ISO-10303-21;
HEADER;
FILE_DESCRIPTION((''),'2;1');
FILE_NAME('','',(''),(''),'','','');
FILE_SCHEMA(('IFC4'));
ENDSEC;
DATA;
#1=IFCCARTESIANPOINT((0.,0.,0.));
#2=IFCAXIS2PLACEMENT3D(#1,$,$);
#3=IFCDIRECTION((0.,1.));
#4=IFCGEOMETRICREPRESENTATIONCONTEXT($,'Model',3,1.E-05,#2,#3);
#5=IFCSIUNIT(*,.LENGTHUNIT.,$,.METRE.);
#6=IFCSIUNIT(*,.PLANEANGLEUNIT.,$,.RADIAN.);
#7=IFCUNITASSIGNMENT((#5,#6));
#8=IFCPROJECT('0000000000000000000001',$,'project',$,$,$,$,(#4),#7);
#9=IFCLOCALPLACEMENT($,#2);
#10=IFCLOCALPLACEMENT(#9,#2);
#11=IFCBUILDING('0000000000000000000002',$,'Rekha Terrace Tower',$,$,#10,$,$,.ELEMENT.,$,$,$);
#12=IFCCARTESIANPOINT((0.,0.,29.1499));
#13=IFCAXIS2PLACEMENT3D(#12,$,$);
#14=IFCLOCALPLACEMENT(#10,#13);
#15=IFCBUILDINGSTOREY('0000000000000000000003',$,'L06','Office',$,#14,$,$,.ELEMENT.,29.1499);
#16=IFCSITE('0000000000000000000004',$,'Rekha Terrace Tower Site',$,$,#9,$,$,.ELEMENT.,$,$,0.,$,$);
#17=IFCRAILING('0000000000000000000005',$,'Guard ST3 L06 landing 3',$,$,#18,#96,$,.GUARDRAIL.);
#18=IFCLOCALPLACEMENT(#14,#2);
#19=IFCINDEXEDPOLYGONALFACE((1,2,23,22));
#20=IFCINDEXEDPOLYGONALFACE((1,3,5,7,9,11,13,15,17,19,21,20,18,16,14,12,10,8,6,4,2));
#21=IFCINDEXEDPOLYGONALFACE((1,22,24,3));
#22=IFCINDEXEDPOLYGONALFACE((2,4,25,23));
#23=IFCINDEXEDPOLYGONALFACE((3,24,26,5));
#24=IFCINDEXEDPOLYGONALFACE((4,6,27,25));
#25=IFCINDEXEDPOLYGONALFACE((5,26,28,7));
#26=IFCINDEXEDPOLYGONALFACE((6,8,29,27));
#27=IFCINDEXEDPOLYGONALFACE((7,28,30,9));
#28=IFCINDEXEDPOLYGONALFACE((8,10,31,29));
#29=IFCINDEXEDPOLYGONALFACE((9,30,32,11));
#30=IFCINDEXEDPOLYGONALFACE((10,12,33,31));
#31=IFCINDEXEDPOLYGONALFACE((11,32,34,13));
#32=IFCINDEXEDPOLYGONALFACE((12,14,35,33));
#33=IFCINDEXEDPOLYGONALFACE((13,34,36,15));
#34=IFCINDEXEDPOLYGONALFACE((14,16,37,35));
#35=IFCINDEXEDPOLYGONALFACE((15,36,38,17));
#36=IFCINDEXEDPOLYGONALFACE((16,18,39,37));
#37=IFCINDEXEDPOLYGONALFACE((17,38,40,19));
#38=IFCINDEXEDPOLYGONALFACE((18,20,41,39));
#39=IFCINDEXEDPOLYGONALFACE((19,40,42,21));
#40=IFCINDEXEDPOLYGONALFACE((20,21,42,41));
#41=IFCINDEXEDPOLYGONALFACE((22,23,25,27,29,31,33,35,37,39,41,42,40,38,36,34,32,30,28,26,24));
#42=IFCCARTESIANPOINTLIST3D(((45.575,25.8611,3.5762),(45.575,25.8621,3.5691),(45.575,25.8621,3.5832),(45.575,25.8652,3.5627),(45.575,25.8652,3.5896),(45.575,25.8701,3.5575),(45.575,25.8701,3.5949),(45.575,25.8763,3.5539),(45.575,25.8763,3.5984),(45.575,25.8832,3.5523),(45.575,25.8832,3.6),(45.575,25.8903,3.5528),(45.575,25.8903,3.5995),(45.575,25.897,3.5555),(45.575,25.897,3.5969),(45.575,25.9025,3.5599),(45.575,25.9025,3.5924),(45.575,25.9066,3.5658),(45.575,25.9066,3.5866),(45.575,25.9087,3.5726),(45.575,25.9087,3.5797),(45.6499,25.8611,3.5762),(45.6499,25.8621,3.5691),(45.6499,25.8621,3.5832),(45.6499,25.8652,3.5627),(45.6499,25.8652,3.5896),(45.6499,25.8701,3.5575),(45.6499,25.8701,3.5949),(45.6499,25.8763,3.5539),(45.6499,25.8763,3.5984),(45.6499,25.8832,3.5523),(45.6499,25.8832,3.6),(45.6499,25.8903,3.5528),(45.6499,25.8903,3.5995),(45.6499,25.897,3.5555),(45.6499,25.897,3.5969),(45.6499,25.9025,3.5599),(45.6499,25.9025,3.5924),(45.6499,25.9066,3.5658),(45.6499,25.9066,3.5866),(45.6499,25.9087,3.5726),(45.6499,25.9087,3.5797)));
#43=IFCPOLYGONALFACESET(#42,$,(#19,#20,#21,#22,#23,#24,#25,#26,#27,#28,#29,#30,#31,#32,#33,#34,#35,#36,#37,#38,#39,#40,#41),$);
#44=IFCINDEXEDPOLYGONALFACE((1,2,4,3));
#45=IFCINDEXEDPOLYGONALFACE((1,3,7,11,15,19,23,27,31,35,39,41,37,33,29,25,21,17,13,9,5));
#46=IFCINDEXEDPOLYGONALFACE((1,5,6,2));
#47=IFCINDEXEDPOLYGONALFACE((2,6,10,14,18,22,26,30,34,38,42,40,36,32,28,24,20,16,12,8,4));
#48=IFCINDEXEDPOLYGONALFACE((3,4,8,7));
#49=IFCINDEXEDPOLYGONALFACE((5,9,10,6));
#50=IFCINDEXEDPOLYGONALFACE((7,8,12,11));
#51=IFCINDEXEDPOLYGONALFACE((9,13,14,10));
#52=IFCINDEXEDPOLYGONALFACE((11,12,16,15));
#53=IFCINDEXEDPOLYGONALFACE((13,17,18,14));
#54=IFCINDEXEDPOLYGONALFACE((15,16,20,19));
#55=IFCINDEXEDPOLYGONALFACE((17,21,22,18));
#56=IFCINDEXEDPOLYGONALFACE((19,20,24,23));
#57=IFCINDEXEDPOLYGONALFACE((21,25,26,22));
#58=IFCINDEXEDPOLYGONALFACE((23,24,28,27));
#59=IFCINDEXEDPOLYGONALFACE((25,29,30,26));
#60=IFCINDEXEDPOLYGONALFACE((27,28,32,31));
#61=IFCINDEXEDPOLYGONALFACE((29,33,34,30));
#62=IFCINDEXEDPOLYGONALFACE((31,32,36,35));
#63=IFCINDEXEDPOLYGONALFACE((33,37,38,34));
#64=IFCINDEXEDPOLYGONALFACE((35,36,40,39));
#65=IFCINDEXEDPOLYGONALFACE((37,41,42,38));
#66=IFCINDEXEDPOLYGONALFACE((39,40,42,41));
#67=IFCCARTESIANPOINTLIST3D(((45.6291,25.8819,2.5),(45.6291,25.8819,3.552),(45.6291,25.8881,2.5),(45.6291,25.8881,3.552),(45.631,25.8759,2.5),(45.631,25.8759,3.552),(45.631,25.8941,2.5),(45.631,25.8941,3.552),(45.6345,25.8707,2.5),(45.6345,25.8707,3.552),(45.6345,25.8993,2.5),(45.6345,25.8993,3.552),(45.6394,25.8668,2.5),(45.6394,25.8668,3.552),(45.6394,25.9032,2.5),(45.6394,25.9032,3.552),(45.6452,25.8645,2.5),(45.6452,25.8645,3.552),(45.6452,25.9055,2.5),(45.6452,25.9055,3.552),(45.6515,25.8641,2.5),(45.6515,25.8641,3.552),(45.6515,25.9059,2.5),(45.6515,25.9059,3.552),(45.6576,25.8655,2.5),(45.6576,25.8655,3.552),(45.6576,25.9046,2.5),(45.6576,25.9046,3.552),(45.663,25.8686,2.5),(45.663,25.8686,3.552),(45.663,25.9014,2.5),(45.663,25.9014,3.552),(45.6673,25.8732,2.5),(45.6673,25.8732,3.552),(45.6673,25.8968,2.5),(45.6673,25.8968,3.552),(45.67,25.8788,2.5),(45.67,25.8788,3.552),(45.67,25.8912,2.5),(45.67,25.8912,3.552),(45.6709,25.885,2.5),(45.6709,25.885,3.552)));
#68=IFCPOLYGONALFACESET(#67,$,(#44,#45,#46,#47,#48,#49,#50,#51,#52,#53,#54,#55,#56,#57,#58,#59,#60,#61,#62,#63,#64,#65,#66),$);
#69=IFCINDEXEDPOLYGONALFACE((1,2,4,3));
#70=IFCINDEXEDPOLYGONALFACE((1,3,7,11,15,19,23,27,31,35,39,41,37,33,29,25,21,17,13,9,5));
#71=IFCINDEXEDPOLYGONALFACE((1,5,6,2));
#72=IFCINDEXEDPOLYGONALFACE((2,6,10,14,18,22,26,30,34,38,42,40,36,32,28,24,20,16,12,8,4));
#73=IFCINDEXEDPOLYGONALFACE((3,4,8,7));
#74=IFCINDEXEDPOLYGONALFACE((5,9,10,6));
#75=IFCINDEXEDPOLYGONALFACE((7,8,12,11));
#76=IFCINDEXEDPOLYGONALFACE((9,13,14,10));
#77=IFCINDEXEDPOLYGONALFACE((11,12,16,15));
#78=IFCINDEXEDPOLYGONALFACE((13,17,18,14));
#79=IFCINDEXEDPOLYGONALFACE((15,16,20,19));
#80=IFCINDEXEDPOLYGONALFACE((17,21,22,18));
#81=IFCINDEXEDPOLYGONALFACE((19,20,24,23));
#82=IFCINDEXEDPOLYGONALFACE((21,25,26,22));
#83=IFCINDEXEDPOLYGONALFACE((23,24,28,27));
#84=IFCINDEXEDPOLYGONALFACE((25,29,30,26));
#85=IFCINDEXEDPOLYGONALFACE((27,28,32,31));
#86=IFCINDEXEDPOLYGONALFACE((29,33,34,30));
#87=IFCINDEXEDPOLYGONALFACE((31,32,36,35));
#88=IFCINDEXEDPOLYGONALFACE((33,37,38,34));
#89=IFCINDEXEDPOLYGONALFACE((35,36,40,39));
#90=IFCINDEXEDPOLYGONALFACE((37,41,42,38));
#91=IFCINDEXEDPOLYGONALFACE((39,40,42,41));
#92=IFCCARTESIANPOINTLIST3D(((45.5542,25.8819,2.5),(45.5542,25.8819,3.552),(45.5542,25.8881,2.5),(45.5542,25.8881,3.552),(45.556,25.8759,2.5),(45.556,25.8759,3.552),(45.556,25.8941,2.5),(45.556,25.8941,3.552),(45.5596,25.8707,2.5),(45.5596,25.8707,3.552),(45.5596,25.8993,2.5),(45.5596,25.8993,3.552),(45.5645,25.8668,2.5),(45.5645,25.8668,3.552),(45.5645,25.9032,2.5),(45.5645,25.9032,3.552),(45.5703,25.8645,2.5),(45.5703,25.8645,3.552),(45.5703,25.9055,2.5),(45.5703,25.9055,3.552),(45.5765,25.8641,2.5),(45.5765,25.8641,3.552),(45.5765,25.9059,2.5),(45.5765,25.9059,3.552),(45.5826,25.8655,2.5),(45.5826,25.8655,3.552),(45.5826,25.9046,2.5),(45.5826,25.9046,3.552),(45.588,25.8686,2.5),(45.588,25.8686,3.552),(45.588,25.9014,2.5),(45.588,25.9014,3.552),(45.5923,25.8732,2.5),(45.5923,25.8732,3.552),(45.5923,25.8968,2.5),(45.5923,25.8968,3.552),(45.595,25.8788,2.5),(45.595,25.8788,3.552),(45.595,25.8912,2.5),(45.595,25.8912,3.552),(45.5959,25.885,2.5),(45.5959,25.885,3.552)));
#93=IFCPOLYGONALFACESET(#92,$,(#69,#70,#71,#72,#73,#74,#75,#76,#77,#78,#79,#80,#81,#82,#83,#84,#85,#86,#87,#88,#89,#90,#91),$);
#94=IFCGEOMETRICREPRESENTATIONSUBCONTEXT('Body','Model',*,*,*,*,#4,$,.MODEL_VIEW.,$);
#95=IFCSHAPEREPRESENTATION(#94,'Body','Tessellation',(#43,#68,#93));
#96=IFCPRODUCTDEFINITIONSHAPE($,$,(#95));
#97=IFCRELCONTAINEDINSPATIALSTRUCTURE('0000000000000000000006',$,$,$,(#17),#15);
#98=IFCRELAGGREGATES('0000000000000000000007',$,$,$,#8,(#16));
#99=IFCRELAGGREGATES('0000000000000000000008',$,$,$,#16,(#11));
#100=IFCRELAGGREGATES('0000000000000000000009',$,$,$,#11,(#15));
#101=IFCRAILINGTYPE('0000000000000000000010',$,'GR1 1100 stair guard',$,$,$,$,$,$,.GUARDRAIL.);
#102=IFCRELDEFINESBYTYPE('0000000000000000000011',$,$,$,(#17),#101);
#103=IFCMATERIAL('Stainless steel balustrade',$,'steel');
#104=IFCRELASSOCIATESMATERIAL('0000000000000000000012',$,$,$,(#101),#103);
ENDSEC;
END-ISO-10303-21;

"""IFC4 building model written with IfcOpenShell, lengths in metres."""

from ifc_helpers import new_model, si_unit, direction, frame, origin, origin_2d, place, context, subcontext, project, spatial, circle, extrude, material, type_object, element, save


model = new_model("IFC4")

# Units and contexts
model_context = context("Model", 3, precision=1e-05, world=origin(), true_north=direction((0.0, 1.0)))
body_context = subcontext(model_context, "Body", "Model", "MODEL_VIEW")
ifc_project = project(units=[si_unit("LENGTHUNIT", "METRE"), si_unit("PLANEANGLEUNIT", "RADIAN")], contexts=[model_context])

# Site, building, storey
site_placement = place(None, origin())
site = spatial("IfcSite", under=ifc_project, at=site_placement, Name="Rekha Terrace Tower Site", CompositionType="ELEMENT", RefElevation=0.0)
building_placement = place(site_placement, origin())
building = spatial("IfcBuilding", under=site, at=building_placement, Name="Rekha Terrace Tower", CompositionType="ELEMENT")
storey_placement = place(building_placement, frame((0.0, 0.0, 29.1499)))
storey = spatial("IfcBuildingStorey", under=building, at=storey_placement, Name="L06", Description="Office", CompositionType="ELEMENT", Elevation=29.1499)

# Railing
ifc_material_1 = material(Name="Stainless steel balustrade", Category="steel")
railing_type_1 = type_object("IfcRailingType", Name="GR1 1100 stair guard", PredefinedType="GUARDRAIL", material=ifc_material_1)
railing_1_placement = place(storey_placement, frame((45.6499, 25.885, 2.5)))
element("IfcRailing", 1, at=railing_1_placement, inside=storey, type_object=railing_type_1, Name="Guard ST3 L06 landing 3", PredefinedType="GUARDRAIL", context=body_context, shape_type="SweptSolid", body=[
    extrude(circle(Radius=0.0239, at=origin_2d()), frame((0.0, 0.0, 1.0762), z_axis=(-1.0, 0.0, 0.0), x_axis=(0.0, -1.0, 0.0)), (0.0, 0.0, 1.0), 0.075),
    extrude(circle(Radius=0.021, at=origin_2d()), origin(), (0.0, 0.0, 1.0), 1.052),
    extrude(circle(Radius=0.021, at=origin_2d()), frame((-0.075, 0.0, 0.0)), (0.0, 0.0, 1.0), 1.052),
])

save(model, "model.ifc")
